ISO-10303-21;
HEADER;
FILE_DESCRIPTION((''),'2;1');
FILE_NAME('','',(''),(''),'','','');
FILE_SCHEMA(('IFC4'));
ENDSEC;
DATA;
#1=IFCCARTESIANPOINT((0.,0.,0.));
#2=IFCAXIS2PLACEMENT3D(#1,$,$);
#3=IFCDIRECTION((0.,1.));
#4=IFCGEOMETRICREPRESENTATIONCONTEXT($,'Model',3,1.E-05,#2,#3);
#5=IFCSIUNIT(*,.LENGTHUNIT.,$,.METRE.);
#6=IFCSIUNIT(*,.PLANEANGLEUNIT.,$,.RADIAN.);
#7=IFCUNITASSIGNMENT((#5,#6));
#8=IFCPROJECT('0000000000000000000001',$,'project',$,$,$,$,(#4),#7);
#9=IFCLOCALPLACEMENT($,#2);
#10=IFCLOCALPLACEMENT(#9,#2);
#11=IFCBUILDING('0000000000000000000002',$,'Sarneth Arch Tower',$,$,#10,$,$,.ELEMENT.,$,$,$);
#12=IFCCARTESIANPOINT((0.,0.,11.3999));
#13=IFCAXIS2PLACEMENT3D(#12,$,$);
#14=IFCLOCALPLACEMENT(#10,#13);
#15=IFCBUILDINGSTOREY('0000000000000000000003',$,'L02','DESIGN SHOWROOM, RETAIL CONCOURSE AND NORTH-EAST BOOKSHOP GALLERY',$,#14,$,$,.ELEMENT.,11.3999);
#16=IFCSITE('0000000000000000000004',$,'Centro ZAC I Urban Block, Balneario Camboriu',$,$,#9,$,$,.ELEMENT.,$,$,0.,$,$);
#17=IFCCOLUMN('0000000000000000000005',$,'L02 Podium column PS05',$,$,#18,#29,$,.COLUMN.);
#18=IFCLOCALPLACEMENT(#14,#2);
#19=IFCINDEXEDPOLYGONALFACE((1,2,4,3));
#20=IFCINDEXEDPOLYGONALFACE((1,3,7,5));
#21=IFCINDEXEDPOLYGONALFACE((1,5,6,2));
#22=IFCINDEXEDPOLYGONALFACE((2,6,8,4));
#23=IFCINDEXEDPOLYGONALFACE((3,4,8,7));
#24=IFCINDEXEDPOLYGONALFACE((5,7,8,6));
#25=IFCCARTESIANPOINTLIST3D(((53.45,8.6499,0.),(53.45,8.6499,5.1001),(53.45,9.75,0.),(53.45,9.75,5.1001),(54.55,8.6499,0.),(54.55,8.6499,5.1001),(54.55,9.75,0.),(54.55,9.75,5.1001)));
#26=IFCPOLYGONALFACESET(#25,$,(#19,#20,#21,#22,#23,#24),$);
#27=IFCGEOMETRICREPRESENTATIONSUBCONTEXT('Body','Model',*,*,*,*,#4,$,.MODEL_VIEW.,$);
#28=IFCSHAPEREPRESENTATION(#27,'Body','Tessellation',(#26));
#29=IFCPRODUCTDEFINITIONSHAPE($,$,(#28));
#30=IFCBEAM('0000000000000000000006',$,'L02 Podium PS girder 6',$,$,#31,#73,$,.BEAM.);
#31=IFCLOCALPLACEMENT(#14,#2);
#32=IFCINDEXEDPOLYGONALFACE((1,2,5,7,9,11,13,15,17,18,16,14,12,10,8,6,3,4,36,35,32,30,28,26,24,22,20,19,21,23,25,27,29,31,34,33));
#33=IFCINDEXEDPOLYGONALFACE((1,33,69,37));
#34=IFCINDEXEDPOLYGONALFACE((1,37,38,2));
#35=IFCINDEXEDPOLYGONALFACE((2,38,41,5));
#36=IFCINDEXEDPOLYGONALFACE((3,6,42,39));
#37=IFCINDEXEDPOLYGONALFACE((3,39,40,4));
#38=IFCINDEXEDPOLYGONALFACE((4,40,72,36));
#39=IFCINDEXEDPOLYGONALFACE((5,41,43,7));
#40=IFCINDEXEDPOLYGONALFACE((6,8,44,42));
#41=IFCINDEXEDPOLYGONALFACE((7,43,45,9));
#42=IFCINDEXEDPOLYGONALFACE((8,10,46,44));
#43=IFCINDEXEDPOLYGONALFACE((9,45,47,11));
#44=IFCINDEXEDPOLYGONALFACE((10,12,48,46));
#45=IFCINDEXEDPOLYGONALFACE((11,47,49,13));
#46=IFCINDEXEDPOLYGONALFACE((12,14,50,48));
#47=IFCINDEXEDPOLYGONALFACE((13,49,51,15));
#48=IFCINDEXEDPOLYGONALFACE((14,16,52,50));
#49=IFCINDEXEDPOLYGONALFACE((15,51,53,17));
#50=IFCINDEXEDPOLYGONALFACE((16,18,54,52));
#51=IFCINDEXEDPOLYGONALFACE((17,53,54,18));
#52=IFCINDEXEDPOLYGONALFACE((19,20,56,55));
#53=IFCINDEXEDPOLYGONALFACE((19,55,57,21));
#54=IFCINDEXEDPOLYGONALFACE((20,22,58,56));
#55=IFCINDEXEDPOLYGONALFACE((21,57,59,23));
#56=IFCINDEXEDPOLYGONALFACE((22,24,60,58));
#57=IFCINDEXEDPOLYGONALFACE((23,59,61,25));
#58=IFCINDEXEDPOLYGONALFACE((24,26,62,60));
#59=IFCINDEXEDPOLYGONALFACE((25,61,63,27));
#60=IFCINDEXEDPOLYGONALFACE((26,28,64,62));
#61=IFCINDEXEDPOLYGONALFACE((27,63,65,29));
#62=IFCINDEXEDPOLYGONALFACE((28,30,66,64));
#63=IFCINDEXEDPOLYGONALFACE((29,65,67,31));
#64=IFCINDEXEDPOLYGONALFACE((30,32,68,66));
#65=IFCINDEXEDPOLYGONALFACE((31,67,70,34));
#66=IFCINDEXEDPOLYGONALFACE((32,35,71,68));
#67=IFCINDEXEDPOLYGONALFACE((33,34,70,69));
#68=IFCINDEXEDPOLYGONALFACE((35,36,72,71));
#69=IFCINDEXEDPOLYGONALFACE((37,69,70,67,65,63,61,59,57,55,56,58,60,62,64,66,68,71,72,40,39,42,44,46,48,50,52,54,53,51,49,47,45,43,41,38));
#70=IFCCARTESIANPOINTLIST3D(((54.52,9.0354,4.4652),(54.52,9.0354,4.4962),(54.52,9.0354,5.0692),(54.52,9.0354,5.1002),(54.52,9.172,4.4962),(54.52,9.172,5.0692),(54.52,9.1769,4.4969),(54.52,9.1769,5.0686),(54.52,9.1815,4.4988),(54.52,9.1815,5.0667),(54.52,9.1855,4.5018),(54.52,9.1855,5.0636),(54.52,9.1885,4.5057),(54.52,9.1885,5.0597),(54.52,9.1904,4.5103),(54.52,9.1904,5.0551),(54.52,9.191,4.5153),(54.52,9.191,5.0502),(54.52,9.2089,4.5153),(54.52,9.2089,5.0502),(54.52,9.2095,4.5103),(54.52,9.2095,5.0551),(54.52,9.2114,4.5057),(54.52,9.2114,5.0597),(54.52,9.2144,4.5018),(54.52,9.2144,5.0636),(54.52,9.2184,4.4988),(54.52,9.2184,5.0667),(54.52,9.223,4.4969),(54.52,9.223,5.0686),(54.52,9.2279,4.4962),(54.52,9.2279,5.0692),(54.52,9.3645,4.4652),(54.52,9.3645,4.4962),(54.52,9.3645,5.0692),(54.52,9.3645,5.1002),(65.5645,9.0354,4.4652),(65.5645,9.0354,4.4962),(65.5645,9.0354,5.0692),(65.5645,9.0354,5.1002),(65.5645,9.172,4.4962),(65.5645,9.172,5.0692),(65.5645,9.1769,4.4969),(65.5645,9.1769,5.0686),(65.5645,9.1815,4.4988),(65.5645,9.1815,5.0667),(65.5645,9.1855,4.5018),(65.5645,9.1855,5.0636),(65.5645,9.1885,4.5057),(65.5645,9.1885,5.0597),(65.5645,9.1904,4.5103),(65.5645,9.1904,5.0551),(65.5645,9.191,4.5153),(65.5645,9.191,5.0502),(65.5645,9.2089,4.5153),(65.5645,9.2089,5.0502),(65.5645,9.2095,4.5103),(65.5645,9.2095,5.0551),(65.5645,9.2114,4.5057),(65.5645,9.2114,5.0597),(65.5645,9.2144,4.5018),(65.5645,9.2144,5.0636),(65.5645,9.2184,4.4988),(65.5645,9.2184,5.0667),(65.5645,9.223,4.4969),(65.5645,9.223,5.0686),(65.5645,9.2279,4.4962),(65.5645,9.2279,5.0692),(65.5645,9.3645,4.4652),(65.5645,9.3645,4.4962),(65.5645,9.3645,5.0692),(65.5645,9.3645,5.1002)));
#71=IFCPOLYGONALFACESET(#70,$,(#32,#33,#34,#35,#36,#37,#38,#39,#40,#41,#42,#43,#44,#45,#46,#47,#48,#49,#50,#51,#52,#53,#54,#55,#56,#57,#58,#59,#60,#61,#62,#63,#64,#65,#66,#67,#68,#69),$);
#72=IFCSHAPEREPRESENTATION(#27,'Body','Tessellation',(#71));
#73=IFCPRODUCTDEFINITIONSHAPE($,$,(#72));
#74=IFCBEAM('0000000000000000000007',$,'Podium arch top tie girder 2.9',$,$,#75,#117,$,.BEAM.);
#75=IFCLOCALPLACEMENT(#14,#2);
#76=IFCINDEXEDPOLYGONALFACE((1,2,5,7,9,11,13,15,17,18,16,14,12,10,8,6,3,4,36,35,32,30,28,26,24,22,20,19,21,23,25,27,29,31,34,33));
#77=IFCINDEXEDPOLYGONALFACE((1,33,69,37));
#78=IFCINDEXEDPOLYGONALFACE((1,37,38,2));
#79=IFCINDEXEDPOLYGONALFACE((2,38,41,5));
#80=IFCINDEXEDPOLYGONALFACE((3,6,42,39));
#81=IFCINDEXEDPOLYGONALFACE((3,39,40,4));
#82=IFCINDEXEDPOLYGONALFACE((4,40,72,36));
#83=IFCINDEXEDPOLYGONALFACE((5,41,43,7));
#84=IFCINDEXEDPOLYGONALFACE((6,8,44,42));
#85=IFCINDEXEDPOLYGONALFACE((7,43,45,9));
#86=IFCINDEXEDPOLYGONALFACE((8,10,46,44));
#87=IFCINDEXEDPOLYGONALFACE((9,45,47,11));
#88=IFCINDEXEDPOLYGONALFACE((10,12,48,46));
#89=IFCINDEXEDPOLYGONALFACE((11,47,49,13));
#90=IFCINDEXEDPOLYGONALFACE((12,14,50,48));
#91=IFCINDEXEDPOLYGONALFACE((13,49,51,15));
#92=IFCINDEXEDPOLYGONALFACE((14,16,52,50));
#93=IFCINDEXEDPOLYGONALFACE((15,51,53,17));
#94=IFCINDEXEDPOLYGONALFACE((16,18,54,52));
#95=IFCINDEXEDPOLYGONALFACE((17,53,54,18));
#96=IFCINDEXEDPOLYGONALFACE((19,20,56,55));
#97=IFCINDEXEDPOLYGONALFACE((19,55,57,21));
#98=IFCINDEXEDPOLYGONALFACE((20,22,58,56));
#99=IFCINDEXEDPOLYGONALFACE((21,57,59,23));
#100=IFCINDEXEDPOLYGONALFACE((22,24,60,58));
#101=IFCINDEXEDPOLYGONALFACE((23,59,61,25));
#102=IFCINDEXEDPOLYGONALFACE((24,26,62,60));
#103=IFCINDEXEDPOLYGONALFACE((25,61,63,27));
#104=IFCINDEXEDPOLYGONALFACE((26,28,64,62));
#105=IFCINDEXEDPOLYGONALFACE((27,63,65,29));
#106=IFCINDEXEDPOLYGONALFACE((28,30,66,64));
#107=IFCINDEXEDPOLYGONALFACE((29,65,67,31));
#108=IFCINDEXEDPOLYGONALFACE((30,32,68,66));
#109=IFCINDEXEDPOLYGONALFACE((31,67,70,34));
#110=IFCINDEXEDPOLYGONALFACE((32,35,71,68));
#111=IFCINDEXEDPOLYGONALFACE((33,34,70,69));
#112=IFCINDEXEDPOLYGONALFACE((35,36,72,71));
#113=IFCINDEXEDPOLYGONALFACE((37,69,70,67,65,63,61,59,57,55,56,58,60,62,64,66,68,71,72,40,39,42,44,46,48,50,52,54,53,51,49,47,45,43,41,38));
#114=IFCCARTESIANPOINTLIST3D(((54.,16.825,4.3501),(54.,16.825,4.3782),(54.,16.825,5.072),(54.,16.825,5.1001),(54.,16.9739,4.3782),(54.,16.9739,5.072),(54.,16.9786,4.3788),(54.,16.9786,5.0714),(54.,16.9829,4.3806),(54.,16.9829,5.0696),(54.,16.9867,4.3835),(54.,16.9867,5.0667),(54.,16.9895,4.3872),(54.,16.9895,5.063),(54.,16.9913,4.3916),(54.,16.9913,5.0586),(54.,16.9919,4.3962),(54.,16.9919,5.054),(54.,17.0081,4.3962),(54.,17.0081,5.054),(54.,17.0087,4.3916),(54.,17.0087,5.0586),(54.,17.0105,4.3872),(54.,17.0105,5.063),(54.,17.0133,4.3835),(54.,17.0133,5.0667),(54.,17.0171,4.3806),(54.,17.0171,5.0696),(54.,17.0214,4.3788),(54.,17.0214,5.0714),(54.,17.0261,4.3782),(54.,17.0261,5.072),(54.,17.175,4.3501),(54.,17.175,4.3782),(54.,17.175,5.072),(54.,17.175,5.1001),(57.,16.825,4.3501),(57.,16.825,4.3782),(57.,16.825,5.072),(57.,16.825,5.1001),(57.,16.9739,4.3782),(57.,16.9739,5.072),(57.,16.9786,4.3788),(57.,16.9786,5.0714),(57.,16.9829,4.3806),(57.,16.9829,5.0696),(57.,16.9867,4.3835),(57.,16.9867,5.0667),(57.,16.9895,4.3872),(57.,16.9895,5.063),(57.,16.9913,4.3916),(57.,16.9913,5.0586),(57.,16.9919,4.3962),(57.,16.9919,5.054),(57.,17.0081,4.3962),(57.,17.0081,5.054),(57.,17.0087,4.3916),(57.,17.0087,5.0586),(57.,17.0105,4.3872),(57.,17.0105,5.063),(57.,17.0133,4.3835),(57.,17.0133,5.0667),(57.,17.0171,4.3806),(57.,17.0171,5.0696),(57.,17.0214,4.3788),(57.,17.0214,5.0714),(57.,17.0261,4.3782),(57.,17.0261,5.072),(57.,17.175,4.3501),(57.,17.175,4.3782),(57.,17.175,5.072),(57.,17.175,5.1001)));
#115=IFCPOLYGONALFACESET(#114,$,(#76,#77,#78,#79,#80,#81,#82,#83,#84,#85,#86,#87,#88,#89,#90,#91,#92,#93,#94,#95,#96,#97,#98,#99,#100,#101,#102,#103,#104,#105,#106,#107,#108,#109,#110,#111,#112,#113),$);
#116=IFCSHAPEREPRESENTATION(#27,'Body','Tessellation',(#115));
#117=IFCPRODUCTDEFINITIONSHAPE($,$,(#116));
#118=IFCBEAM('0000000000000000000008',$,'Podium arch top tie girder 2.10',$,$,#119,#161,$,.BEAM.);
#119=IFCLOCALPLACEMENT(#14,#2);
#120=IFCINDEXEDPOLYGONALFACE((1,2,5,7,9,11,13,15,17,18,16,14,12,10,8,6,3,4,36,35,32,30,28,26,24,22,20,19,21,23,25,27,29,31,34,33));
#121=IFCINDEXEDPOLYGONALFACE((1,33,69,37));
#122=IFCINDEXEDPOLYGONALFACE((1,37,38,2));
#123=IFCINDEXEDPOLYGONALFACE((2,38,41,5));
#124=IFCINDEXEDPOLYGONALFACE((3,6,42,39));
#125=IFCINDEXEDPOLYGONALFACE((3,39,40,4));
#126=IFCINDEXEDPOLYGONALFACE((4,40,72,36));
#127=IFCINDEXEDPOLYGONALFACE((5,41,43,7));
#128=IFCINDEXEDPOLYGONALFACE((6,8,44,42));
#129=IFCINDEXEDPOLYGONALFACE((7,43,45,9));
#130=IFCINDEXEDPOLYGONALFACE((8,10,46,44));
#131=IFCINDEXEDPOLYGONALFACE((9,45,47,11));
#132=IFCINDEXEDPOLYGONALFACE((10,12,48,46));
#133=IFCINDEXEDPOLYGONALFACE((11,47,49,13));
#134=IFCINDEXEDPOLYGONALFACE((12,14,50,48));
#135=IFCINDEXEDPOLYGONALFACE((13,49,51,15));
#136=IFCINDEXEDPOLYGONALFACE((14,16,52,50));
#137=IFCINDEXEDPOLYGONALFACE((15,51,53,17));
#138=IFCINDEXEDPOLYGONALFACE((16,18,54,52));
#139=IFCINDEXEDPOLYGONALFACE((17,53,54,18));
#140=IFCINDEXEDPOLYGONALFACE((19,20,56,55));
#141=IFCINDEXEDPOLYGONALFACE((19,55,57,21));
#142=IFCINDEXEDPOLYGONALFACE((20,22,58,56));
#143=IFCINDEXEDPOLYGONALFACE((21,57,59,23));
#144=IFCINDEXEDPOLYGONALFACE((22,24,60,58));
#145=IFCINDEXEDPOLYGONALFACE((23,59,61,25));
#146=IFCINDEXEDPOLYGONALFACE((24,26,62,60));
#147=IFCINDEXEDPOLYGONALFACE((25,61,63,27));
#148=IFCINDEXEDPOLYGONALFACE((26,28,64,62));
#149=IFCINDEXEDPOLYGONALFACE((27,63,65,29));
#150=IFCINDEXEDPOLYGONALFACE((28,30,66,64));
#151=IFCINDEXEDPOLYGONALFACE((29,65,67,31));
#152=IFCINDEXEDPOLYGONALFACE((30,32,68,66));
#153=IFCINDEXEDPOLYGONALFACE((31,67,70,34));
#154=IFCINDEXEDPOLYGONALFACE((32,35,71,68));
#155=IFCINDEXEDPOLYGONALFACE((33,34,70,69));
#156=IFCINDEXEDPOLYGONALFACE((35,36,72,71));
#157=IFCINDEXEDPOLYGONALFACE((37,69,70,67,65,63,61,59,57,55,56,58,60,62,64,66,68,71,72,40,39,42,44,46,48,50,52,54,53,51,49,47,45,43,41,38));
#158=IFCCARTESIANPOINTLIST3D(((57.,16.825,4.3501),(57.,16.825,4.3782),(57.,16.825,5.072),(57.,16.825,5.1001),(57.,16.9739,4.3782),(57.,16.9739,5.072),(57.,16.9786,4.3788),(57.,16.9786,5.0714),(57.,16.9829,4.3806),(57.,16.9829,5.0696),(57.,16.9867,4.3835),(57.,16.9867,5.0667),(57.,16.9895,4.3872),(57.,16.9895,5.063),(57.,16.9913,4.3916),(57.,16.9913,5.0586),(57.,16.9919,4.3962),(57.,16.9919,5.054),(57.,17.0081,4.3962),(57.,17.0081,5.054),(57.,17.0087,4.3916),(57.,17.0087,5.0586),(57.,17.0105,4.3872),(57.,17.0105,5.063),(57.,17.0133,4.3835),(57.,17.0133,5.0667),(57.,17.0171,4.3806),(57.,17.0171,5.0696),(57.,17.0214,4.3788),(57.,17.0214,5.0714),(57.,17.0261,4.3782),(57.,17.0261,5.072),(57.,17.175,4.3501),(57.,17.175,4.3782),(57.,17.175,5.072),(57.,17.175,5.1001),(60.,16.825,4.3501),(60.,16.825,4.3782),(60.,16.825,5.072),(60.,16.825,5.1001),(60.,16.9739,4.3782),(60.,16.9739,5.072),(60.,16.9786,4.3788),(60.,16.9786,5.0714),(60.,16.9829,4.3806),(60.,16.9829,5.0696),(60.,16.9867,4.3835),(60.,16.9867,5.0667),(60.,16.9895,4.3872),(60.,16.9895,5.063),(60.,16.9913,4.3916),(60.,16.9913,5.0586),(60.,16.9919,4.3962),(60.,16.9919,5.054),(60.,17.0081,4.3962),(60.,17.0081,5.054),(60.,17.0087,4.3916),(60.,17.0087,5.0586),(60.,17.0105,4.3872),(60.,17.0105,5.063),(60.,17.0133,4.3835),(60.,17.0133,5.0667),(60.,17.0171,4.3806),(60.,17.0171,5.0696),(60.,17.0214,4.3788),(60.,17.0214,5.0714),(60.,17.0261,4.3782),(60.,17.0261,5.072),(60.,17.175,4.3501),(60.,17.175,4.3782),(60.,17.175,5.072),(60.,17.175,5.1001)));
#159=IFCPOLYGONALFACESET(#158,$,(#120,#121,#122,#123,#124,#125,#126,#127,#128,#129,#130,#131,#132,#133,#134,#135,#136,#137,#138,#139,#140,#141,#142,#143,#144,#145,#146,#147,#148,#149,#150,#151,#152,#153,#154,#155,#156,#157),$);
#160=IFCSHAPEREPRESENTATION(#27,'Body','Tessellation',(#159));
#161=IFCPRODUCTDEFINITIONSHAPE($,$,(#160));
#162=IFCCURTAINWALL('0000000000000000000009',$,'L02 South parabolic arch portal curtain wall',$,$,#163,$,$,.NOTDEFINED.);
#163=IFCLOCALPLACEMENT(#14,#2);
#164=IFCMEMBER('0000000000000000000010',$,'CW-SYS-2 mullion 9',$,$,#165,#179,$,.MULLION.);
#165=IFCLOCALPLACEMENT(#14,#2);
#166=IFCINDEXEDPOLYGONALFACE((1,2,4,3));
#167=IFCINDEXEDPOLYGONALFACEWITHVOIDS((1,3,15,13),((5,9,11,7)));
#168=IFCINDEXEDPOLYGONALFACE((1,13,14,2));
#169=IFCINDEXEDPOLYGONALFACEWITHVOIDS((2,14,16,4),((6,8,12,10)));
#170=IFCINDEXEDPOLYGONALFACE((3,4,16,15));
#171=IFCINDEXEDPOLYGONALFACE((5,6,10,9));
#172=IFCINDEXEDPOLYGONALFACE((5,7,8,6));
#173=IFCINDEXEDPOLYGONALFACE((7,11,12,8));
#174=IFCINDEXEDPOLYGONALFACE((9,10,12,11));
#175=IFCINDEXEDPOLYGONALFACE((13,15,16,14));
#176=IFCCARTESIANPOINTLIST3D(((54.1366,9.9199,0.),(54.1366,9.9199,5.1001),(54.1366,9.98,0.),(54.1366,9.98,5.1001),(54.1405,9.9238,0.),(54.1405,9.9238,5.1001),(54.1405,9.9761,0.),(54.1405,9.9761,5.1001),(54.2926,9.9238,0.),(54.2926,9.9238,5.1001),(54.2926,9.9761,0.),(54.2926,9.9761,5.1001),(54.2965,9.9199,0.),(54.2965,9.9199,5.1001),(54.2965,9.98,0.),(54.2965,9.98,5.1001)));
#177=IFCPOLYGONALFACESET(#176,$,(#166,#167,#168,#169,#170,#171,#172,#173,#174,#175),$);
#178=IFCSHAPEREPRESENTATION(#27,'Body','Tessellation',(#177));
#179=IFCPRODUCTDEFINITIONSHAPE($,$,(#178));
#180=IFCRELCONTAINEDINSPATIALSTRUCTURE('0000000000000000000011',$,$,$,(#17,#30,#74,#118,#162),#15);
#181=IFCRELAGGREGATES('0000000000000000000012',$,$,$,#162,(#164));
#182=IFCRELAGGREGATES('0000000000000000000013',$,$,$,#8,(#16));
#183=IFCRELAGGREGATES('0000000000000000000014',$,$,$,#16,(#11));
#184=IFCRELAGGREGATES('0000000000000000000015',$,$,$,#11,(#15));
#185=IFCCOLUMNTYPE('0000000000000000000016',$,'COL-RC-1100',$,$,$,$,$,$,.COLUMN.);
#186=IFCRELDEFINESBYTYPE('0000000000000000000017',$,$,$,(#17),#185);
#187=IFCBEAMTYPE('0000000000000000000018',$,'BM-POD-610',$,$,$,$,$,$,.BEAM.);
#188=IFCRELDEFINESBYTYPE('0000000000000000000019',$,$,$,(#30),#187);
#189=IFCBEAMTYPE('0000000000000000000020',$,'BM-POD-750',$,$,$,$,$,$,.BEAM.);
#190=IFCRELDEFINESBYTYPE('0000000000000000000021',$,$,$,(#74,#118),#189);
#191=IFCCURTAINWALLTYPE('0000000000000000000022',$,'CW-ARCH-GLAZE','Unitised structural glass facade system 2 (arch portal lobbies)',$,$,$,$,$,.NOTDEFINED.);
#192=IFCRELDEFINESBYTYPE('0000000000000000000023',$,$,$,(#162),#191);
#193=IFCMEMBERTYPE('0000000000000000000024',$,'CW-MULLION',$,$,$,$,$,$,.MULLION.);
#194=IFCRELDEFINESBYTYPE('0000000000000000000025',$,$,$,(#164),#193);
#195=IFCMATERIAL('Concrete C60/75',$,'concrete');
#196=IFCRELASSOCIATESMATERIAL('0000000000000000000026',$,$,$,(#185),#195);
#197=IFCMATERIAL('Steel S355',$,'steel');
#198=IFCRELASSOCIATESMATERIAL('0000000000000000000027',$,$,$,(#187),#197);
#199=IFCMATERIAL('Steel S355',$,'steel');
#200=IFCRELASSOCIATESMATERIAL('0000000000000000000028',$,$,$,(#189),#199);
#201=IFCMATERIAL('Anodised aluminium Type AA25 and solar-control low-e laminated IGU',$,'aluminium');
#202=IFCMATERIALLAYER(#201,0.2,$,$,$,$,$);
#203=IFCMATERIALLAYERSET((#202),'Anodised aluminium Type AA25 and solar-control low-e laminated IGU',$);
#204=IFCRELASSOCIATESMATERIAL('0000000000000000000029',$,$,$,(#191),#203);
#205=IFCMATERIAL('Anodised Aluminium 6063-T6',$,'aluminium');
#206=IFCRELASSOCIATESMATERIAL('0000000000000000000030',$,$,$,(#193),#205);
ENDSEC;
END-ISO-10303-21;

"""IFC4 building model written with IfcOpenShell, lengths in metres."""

from ifc_helpers import new_model, si_unit, direction, frame, origin, origin_2d, place, context, subcontext, project, spatial, rectangle, hollow_rectangle, i_section, extrude, material, layer, layer_set, material_profile, profile_set, type_object, element, aggregate, save


model = new_model("IFC4")

# Units and contexts
model_context = context("Model", 3, precision=1e-05, world=origin(), true_north=direction((0.0, 1.0)))
body_context = subcontext(model_context, "Body", "Model", "MODEL_VIEW")
ifc_project = project(units=[si_unit("LENGTHUNIT", "METRE"), si_unit("PLANEANGLEUNIT", "RADIAN")], contexts=[model_context])

# Site, building, storey
site_placement = place(None, origin())
site = spatial("IfcSite", under=ifc_project, at=site_placement, Name="Centro ZAC I Urban Block, Balneario Camboriu", CompositionType="ELEMENT", RefElevation=0.0)
building_placement = place(site_placement, origin())
building = spatial("IfcBuilding", under=site, at=building_placement, Name="Sarneth Arch Tower", CompositionType="ELEMENT")
storey_placement = place(building_placement, frame((0.0, 0.0, 11.3999)))
storey = spatial("IfcBuildingStorey", under=building, at=storey_placement, Name="L02", Description="DESIGN SHOWROOM, RETAIL CONCOURSE AND NORTH-EAST BOOKSHOP GALLERY", CompositionType="ELEMENT", Elevation=11.3999)

# Column
ifc_material_1 = material(Name="Concrete C60/75", Category="concrete")
ifc_material_profile_1 = material_profile(ifc_material_1, rectangle(XDim=1.1001, YDim=1.1001, at=origin_2d()), Name="RC-1100x1100")
ifc_profile_set_1 = profile_set([ifc_material_profile_1], Name="Concrete C60/75")
column_type = type_object("IfcColumnType", Name="COL-RC-1100", PredefinedType="COLUMN", material=ifc_profile_set_1)
column_placement = place(storey_placement, frame((54.0, 9.2, 0.0), z_axis=(0.0, 0.0, 1.0), x_axis=(1.0, 0.0, 0.0)))
element("IfcColumn", 1, at=column_placement, inside=storey, type_object=column_type, Name="L02 Podium column PS05", PredefinedType="COLUMN", context=body_context, shape_type="SweptSolid", body=[
    extrude(rectangle(XDim=1.1001, YDim=1.1001, at=origin_2d()), origin(), (0.0, 0.0, 1.0), 5.1001),
])

# Beams
ifc_material_2 = material(Name="Steel S355", Category="steel")
ifc_material_profile_2 = material_profile(ifc_material_2, i_section(OverallWidth=0.3291, OverallDepth=0.635, WebThickness=0.0178, FlangeThickness=0.031, FilletRadius=0.019, at=origin_2d()), Name="W610x241")
ifc_profile_set_2 = profile_set([ifc_material_profile_2], Name="Steel S355")
beam_type_1 = type_object("IfcBeamType", Name="BM-POD-610", PredefinedType="BEAM", material=ifc_profile_set_2)
beam_placement = place(storey_placement, frame((54.52, 9.2, 4.7827), z_axis=(1.0, 0.0, 0.0), x_axis=(0.0, 1.0, 0.0)))
element("IfcBeam", 2, at=beam_placement, inside=storey, type_object=beam_type_1, Name="L02 Podium PS girder 6", PredefinedType="BEAM", context=body_context, shape_type="SweptSolid", body=[
    extrude(i_section(OverallWidth=0.3291, OverallDepth=0.635, WebThickness=0.0178, FlangeThickness=0.031, FilletRadius=0.019, at=origin_2d()), origin(), (0.0, 0.0, 1.0), 11.0444),
])
ifc_material_3 = material(Name="Steel S355", Category="steel")
ifc_material_profile_3 = material_profile(ifc_material_3, i_section(OverallWidth=0.3501, OverallDepth=0.75, WebThickness=0.0161, FlangeThickness=0.0281, FilletRadius=0.0181, at=origin_2d()), Name="CVS750x268")
ifc_profile_set_3 = profile_set([ifc_material_profile_3], Name="Steel S355")
beam_type_2 = type_object("IfcBeamType", Name="BM-POD-750", PredefinedType="BEAM", material=ifc_profile_set_3)
for number, where, z_axis, x_axis, name in (
    (3, (54.0, 17.0, 4.7251), (1.0, 0.0, 0.0), (0.0, 1.0, 0.0), "Podium arch top tie girder 2.9"),
    (4, (57.0, 17.0, 4.7251), (1.0, 0.0, 0.0), (0.0, 1.0, 0.0), "Podium arch top tie girder 2.10"),
):
    element("IfcBeam", number, at=place(storey_placement, frame(where, z_axis=z_axis, x_axis=x_axis)), inside=storey, type_object=beam_type_2, Name=name, PredefinedType="BEAM", context=body_context, shape_type="SweptSolid", body=[
        extrude(i_section(OverallWidth=0.3501, OverallDepth=0.75, WebThickness=0.0161, FlangeThickness=0.0281, FilletRadius=0.0181, at=origin_2d()), origin(), (0.0, 0.0, 1.0), 3.0),
    ])

# Curtain wall, member
ifc_material_4 = material(Name="Anodised aluminium Type AA25 and solar-control low-e laminated IGU", Category="aluminium")
ifc_layer_1 = layer(ifc_material_4, 0.2)
ifc_layer_set_1 = layer_set([ifc_layer_1], Name="Anodised aluminium Type AA25 and solar-control low-e laminated IGU")
curtain_wall_type = type_object("IfcCurtainWallType", Name="CW-ARCH-GLAZE", Description="Unitised structural glass facade system 2 (arch portal lobbies)", PredefinedType="NOTDEFINED", material=ifc_layer_set_1)
curtain_wall_placement = place(storey_placement, origin())
curtain_wall = element("IfcCurtainWall", 5, at=curtain_wall_placement, inside=storey, type_object=curtain_wall_type, Name="L02 South parabolic arch portal curtain wall", PredefinedType="NOTDEFINED")
ifc_material_5 = material(Name="Anodised Aluminium 6063-T6", Category="aluminium")
ifc_material_profile_4 = material_profile(ifc_material_5, hollow_rectangle(XDim=0.0601, YDim=0.1599, WallThickness=0.0039, at=origin_2d()), Name="AL-MULL-160x60x4")
ifc_profile_set_4 = profile_set([ifc_material_profile_4], Name="Anodised Aluminium 6063-T6")
member_type_1 = type_object("IfcMemberType", Name="CW-MULLION", PredefinedType="MULLION", material=ifc_profile_set_4)
member_1_placement = place(storey_placement, frame((54.2166, 9.95, 0.0), z_axis=(0.0, 0.0, 1.0), x_axis=(0.0, 1.0, 0.0)))
member_1 = element("IfcMember", 6, at=member_1_placement, type_object=member_type_1, Name="CW-SYS-2 mullion 9", PredefinedType="MULLION", context=body_context, shape_type="SweptSolid", body=[
    extrude(hollow_rectangle(XDim=0.0601, YDim=0.1599, WallThickness=0.0039, at=origin_2d()), origin(), (0.0, 0.0, 1.0), 5.1001),
])

aggregate(curtain_wall, [member_1])

save(model, "model.ifc")
